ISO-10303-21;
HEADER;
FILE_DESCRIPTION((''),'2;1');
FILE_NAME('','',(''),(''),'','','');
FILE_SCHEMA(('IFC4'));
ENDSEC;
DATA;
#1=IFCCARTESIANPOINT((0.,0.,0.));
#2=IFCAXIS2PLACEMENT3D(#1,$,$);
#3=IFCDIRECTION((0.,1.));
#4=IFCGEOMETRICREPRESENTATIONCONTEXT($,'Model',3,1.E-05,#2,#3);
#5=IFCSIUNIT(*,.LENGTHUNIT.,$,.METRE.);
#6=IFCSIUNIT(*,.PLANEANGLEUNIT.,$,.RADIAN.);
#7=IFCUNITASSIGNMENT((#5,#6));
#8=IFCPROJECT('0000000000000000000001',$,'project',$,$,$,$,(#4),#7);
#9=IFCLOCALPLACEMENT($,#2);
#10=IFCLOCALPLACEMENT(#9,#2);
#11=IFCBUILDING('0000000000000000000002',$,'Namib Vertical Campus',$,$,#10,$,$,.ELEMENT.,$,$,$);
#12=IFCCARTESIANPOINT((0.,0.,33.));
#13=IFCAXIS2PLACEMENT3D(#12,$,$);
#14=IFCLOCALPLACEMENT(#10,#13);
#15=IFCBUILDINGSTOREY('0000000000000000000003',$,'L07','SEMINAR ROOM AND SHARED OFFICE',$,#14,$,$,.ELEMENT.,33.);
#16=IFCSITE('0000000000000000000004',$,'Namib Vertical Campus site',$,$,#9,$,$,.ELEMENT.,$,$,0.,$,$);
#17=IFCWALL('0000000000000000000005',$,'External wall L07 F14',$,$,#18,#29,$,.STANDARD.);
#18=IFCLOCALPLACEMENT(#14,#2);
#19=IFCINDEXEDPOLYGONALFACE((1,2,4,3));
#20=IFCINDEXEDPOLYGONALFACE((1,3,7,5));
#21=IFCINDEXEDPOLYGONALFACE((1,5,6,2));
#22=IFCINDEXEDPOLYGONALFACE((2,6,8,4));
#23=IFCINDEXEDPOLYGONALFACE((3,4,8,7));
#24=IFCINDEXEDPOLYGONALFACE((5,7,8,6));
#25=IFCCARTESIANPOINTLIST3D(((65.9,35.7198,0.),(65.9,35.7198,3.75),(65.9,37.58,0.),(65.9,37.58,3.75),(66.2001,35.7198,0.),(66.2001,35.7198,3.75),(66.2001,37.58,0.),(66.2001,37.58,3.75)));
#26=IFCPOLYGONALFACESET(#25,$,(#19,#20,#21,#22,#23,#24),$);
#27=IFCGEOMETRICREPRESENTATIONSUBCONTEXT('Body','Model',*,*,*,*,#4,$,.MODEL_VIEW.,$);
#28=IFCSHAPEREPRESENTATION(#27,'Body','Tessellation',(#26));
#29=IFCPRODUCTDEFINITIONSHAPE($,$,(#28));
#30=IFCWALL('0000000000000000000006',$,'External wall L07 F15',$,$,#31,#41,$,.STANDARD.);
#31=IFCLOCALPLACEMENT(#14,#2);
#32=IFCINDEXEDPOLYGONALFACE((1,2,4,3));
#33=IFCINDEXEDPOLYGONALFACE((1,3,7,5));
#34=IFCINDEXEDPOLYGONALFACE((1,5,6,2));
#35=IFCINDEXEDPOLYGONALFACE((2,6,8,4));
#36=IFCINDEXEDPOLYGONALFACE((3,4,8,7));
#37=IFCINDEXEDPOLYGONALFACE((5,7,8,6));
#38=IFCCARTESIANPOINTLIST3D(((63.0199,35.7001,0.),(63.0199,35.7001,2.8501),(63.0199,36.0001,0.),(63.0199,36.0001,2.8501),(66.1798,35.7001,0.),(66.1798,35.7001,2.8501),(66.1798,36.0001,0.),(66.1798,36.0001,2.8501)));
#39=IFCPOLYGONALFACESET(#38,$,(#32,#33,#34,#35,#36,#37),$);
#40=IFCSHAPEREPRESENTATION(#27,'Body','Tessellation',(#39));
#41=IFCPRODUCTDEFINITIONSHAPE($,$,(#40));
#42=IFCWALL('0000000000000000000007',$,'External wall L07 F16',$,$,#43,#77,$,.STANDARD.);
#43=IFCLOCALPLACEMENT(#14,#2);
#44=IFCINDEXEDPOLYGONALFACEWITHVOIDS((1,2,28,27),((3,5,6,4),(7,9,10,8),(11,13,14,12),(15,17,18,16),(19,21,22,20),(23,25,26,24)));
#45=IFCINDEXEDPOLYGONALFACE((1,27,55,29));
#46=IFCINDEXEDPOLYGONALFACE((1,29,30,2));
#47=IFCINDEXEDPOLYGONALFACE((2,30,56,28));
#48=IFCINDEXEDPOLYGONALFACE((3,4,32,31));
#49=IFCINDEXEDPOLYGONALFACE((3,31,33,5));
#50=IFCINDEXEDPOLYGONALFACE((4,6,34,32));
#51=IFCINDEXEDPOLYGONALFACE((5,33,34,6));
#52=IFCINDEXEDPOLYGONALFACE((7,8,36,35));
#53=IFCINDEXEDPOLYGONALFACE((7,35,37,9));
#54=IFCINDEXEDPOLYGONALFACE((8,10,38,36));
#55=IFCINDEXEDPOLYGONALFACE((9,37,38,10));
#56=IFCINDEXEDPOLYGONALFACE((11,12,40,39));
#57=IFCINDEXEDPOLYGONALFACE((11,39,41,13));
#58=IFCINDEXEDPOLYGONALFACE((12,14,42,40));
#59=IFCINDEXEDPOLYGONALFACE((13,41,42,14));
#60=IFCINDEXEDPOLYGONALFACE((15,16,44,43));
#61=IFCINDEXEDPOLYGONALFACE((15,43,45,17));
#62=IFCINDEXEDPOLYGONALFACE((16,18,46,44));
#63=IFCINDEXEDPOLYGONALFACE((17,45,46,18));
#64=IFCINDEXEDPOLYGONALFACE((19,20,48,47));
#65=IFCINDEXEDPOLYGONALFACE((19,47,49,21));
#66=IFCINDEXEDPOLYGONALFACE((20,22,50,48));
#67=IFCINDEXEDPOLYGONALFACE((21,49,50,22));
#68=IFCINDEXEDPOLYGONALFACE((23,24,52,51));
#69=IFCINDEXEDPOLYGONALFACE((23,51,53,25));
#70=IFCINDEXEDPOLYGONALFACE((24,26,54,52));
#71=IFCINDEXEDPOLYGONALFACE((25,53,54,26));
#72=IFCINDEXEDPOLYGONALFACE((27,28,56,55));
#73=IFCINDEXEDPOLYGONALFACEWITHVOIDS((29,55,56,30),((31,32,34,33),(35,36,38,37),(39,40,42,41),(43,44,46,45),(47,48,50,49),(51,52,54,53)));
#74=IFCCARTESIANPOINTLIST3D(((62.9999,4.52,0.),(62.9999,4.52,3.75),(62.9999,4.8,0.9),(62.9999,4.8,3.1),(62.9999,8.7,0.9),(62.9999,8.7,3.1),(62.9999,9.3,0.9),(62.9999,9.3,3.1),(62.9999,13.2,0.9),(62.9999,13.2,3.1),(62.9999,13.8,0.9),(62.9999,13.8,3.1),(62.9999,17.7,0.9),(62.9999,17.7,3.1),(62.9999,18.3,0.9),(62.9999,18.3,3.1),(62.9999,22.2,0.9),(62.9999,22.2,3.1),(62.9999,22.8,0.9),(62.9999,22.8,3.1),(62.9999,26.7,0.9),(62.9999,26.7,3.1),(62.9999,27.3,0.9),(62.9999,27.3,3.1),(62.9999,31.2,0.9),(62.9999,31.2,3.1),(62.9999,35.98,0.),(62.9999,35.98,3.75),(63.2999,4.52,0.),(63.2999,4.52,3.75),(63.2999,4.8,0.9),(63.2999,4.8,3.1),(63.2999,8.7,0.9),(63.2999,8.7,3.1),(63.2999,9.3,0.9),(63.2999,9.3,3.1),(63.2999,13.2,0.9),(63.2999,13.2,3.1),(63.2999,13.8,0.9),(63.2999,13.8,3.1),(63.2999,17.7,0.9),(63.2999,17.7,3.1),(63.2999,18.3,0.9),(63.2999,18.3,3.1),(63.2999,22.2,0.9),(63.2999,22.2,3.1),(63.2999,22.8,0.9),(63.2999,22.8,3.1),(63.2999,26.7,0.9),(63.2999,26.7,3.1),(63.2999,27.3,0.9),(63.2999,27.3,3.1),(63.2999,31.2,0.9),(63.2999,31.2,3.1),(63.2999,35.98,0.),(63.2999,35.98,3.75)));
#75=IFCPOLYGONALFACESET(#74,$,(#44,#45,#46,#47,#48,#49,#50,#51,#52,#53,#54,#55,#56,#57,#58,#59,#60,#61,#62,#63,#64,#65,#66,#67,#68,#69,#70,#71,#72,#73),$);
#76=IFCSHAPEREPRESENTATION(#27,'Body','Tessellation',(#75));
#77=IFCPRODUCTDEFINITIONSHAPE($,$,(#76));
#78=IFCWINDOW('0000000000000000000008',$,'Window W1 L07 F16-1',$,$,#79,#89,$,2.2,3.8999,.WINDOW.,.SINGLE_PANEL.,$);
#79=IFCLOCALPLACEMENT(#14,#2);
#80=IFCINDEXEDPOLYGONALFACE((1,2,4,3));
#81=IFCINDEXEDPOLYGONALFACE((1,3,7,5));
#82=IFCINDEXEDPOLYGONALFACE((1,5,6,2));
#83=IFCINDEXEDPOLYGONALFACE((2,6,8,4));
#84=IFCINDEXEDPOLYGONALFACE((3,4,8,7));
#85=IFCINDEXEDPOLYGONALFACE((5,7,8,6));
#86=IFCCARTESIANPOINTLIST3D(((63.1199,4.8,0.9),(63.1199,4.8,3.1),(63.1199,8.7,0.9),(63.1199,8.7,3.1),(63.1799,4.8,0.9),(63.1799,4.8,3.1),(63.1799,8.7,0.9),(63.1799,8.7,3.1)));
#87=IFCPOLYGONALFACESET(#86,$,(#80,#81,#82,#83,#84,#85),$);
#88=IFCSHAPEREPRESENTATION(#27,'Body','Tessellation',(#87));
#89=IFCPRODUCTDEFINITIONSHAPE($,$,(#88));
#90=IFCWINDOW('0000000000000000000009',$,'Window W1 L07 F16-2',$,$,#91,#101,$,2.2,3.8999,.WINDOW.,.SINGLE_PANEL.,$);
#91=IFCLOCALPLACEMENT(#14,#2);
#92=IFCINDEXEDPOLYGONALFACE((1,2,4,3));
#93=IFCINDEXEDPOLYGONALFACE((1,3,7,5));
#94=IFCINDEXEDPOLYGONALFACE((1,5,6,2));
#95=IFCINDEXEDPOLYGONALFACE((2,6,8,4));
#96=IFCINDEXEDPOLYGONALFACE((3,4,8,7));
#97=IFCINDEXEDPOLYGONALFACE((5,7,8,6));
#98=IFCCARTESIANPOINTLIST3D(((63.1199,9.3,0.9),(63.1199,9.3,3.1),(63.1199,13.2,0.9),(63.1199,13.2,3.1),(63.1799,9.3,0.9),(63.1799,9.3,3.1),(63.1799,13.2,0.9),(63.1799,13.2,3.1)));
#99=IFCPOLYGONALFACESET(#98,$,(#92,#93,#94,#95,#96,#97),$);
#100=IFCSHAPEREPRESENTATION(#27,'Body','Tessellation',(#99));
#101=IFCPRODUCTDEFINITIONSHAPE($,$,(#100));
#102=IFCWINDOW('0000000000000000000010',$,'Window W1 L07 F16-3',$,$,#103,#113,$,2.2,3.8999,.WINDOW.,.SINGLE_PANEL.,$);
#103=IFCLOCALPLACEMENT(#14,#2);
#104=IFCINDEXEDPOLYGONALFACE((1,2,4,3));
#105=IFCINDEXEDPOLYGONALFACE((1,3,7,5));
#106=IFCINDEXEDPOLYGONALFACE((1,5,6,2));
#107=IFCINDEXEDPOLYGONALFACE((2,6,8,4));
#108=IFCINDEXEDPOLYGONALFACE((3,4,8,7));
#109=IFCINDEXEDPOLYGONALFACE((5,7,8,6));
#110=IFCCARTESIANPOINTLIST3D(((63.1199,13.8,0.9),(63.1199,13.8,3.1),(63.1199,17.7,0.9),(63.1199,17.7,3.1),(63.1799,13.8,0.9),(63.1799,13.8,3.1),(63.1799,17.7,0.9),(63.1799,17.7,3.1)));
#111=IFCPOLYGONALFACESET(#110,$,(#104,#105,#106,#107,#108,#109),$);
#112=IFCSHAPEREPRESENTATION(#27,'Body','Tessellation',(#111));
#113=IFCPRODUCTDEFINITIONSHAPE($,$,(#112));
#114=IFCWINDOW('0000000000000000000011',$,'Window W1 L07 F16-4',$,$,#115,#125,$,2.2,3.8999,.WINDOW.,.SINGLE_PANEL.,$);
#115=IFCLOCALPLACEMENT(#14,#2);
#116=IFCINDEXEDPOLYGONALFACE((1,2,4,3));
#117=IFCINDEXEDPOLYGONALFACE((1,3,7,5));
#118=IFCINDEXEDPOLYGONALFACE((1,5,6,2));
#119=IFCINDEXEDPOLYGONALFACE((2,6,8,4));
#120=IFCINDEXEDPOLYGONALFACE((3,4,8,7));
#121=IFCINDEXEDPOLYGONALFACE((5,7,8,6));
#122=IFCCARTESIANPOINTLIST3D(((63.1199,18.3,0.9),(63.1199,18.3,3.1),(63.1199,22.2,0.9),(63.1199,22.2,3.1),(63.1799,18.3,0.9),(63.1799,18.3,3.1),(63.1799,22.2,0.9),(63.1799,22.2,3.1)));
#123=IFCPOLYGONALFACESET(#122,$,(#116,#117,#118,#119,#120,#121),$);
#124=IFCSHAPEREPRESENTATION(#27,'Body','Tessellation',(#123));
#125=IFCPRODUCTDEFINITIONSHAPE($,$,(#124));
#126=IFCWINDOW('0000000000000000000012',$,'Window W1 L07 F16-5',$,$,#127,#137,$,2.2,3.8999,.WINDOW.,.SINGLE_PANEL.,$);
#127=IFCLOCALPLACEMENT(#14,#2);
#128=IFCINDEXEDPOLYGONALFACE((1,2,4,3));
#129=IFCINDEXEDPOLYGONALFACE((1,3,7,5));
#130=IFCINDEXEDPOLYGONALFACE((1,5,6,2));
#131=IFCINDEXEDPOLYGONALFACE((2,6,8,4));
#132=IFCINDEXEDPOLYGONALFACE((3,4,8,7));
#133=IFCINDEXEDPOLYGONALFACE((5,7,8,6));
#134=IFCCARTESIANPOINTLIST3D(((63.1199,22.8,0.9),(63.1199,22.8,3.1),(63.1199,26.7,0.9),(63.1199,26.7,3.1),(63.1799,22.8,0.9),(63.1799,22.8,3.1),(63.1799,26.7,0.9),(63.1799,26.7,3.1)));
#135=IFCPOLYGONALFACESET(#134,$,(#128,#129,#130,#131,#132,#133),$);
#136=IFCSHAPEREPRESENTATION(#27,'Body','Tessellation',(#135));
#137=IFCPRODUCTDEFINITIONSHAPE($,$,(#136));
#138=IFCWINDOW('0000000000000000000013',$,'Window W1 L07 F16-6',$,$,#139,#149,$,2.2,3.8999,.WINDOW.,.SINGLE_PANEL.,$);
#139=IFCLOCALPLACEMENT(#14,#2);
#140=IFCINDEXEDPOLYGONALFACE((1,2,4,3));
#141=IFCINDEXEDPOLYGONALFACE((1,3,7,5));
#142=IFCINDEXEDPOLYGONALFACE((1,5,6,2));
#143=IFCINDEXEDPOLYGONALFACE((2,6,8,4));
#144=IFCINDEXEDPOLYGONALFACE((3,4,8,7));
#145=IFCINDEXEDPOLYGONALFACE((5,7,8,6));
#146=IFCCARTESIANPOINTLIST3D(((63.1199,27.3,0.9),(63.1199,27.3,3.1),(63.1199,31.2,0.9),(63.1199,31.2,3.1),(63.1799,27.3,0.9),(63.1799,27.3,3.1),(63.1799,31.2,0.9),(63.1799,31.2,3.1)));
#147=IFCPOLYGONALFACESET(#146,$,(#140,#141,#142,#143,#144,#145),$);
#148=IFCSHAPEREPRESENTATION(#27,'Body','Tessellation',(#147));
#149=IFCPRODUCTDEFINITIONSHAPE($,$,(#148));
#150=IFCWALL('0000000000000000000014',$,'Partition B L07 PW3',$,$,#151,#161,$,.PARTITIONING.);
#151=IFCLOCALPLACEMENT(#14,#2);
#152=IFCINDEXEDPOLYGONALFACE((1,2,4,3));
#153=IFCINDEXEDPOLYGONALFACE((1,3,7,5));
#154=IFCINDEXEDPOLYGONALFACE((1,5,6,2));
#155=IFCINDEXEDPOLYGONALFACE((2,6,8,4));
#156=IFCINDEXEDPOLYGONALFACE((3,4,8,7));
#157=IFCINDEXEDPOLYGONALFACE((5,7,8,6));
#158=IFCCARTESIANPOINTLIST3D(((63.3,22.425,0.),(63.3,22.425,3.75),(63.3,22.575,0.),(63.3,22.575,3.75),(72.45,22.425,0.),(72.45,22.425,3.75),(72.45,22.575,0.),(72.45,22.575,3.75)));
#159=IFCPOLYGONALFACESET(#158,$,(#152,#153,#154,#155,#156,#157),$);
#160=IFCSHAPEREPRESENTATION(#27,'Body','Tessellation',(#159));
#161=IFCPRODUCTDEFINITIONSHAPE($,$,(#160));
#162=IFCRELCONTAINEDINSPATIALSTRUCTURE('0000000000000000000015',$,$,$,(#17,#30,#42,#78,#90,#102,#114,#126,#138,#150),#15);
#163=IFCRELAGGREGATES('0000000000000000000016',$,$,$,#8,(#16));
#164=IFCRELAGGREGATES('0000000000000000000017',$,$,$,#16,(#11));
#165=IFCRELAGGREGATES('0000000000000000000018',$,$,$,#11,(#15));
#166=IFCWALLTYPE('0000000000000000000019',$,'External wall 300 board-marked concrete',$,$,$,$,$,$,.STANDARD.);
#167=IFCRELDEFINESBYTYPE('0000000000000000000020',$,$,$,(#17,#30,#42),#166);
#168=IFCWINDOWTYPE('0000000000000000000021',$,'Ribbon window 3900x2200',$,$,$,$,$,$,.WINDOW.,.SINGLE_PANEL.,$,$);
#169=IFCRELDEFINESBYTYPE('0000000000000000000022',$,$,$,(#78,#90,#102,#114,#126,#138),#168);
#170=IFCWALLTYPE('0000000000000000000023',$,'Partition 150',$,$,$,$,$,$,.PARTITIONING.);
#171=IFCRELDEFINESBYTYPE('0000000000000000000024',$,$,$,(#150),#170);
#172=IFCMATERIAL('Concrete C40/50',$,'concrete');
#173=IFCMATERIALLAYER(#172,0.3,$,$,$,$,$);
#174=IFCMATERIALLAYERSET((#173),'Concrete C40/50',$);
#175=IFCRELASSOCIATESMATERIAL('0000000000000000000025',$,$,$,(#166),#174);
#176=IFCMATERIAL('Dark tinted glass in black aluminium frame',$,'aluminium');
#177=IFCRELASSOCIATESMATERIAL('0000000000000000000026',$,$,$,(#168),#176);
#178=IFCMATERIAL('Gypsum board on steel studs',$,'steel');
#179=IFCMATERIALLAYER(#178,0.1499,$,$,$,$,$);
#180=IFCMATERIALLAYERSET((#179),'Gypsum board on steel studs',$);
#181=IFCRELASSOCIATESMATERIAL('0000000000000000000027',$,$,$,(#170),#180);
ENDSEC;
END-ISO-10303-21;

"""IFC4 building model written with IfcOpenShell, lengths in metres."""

from ifc_helpers import new_model, si_unit, direction, frame, frame_2d, origin, place, context, subcontext, project, spatial, rectangle, extrude, material, layer, layer_set, type_object, element, fill, save


model = new_model("IFC4")

# Units and contexts
model_context = context("Model", 3, precision=1e-05, world=origin(), true_north=direction((0.0, 1.0)))
body_context = subcontext(model_context, "Body", "Model", "MODEL_VIEW")
ifc_project = project(units=[si_unit("LENGTHUNIT", "METRE"), si_unit("PLANEANGLEUNIT", "RADIAN")], contexts=[model_context])

# Site, building, storey
site_placement = place(None, origin())
site = spatial("IfcSite", under=ifc_project, at=site_placement, Name="Namib Vertical Campus site", CompositionType="ELEMENT", RefElevation=0.0)
building_placement = place(site_placement, origin())
building = spatial("IfcBuilding", under=site, at=building_placement, Name="Namib Vertical Campus", CompositionType="ELEMENT")
storey_placement = place(building_placement, frame((0.0, 0.0, 33.0)))
storey = spatial("IfcBuildingStorey", under=building, at=storey_placement, Name="L07", Description="SEMINAR ROOM AND SHARED OFFICE", CompositionType="ELEMENT", Elevation=33.0)

# Walls
ifc_material_1 = material(Name="Concrete C40/50", Category="concrete")
ifc_layer_1 = layer(ifc_material_1, 0.3)
ifc_layer_set_1 = layer_set([ifc_layer_1], Name="Concrete C40/50")
wall_type_1 = type_object("IfcWallType", Name="External wall 300 board-marked concrete", PredefinedType="STANDARD", material=ifc_layer_set_1)
wall_1_placement = place(storey_placement, frame((66.05, 37.5801, 0.0), z_axis=(0.0, 0.0, 1.0), x_axis=(0.0, -1.0, 0.0)))
element("IfcWall", 1, at=wall_1_placement, inside=storey, type_object=wall_type_1, Name="External wall L07 F14", PredefinedType="STANDARD", context=body_context, shape_type="SweptSolid", body=[
    extrude(rectangle(XDim=1.8601, YDim=0.3, at=frame_2d((0.9302, 0.0))), origin(), (0.0, 0.0, 1.0), 3.75),
])
wall_2_placement = place(storey_placement, frame((66.1799, 35.8501, 0.0), z_axis=(0.0, 0.0, 1.0), x_axis=(-1.0, 0.0, 0.0)))
element("IfcWall", 2, at=wall_2_placement, inside=storey, type_object=wall_type_1, Name="External wall L07 F15", PredefinedType="STANDARD", context=body_context, shape_type="SweptSolid", body=[
    extrude(rectangle(XDim=3.1599, YDim=0.3, at=frame_2d((1.5801, 0.0))), origin(), (0.0, 0.0, 1.0), 2.8501),
])

# Wall, openings, windows
wall_3_placement = place(storey_placement, frame((63.1499, 35.98, 0.0), z_axis=(0.0, 0.0, 1.0), x_axis=(0.0, -1.0, 0.0)))
wall_3 = element("IfcWall", 3, at=wall_3_placement, inside=storey, type_object=wall_type_1, Name="External wall L07 F16", PredefinedType="STANDARD", context=body_context, shape_type="SweptSolid", body=[
    extrude(rectangle(XDim=31.46, YDim=0.3, at=frame_2d((15.73, 0.0))), origin(), (0.0, 0.0, 1.0), 3.75),
])
opening_1_placement = place(wall_3_placement, frame((27.28, 0.0, 0.8999)))
opening_1 = element("IfcOpeningElement", 4, at=opening_1_placement, cuts=wall_3, PredefinedType="OPENING", context=body_context, shape_type="SweptSolid", body=[
    extrude(rectangle(XDim=3.8999, YDim=2.2, at=frame_2d((1.95, 1.1001))), frame((0.0, 0.1599, 0.0), z_axis=(0.0, -1.0, 0.0), x_axis=(1.0, 0.0, 0.0)), (0.0, 0.0, 1.0), 0.3201),
])
opening_2_placement = place(wall_3_placement, frame((22.78, 0.0, 0.8999)))
opening_2 = element("IfcOpeningElement", 5, at=opening_2_placement, cuts=wall_3, PredefinedType="OPENING", context=body_context, shape_type="SweptSolid", body=[
    extrude(rectangle(XDim=3.8999, YDim=2.2, at=frame_2d((1.95, 1.1001))), frame((0.0, 0.1599, 0.0), z_axis=(0.0, -1.0, 0.0), x_axis=(1.0, 0.0, 0.0)), (0.0, 0.0, 1.0), 0.3201),
])
opening_3_placement = place(wall_3_placement, frame((18.28, 0.0, 0.8999)))
opening_3 = element("IfcOpeningElement", 6, at=opening_3_placement, cuts=wall_3, PredefinedType="OPENING", context=body_context, shape_type="SweptSolid", body=[
    extrude(rectangle(XDim=3.8999, YDim=2.2, at=frame_2d((1.95, 1.1001))), frame((0.0, 0.1599, 0.0), z_axis=(0.0, -1.0, 0.0), x_axis=(1.0, 0.0, 0.0)), (0.0, 0.0, 1.0), 0.3201),
])
opening_4_placement = place(wall_3_placement, frame((13.78, 0.0, 0.8999)))
opening_4 = element("IfcOpeningElement", 7, at=opening_4_placement, cuts=wall_3, PredefinedType="OPENING", context=body_context, shape_type="SweptSolid", body=[
    extrude(rectangle(XDim=3.8999, YDim=2.2, at=frame_2d((1.95, 1.1001))), frame((0.0, 0.1599, 0.0), z_axis=(0.0, -1.0, 0.0), x_axis=(1.0, 0.0, 0.0)), (0.0, 0.0, 1.0), 0.3201),
])
opening_5_placement = place(wall_3_placement, frame((9.28, 0.0, 0.8999)))
opening_5 = element("IfcOpeningElement", 8, at=opening_5_placement, cuts=wall_3, PredefinedType="OPENING", context=body_context, shape_type="SweptSolid", body=[
    extrude(rectangle(XDim=3.8999, YDim=2.2, at=frame_2d((1.95, 1.1001))), frame((0.0, 0.1599, 0.0), z_axis=(0.0, -1.0, 0.0), x_axis=(1.0, 0.0, 0.0)), (0.0, 0.0, 1.0), 0.3201),
])
opening_6_placement = place(wall_3_placement, frame((4.78, 0.0, 0.8999)))
opening_6 = element("IfcOpeningElement", 9, at=opening_6_placement, cuts=wall_3, PredefinedType="OPENING", context=body_context, shape_type="SweptSolid", body=[
    extrude(rectangle(XDim=3.8999, YDim=2.2, at=frame_2d((1.95, 1.1001))), frame((0.0, 0.1599, 0.0), z_axis=(0.0, -1.0, 0.0), x_axis=(1.0, 0.0, 0.0)), (0.0, 0.0, 1.0), 0.3201),
])
ifc_material_2 = material(Name="Dark tinted glass in black aluminium frame", Category="aluminium")
window_type = type_object("IfcWindowType", Name="Ribbon window 3900x2200", PartitioningType="SINGLE_PANEL", PredefinedType="WINDOW", material=ifc_material_2)
window_1_placement = place(opening_1_placement, origin())
window_1 = element("IfcWindow", 10, at=window_1_placement, inside=storey, type_object=window_type, Name="Window W1 L07 F16-1", OverallHeight=2.2, OverallWidth=3.8999, PartitioningType="SINGLE_PANEL", PredefinedType="WINDOW", context=body_context, shape_type="SweptSolid", body=[
    extrude(rectangle(XDim=3.8999, YDim=2.2, at=frame_2d((1.95, 1.1001))), frame((0.0, 0.03, 0.0), z_axis=(0.0, -1.0, 0.0), x_axis=(1.0, 0.0, 0.0)), (0.0, 0.0, 1.0), 0.0601),
])
fill(opening_1, window_1)
window_2_placement = place(opening_2_placement, origin())
window_2 = element("IfcWindow", 11, at=window_2_placement, inside=storey, type_object=window_type, Name="Window W1 L07 F16-2", OverallHeight=2.2, OverallWidth=3.8999, PartitioningType="SINGLE_PANEL", PredefinedType="WINDOW", context=body_context, shape_type="SweptSolid", body=[
    extrude(rectangle(XDim=3.8999, YDim=2.2, at=frame_2d((1.95, 1.1001))), frame((0.0, 0.03, 0.0), z_axis=(0.0, -1.0, 0.0), x_axis=(1.0, 0.0, 0.0)), (0.0, 0.0, 1.0), 0.0601),
])
fill(opening_2, window_2)
window_3_placement = place(opening_3_placement, origin())
window_3 = element("IfcWindow", 12, at=window_3_placement, inside=storey, type_object=window_type, Name="Window W1 L07 F16-3", OverallHeight=2.2, OverallWidth=3.8999, PartitioningType="SINGLE_PANEL", PredefinedType="WINDOW", context=body_context, shape_type="SweptSolid", body=[
    extrude(rectangle(XDim=3.8999, YDim=2.2, at=frame_2d((1.95, 1.1001))), frame((0.0, 0.03, 0.0), z_axis=(0.0, -1.0, 0.0), x_axis=(1.0, 0.0, 0.0)), (0.0, 0.0, 1.0), 0.0601),
])
fill(opening_3, window_3)
window_4_placement = place(opening_4_placement, origin())
window_4 = element("IfcWindow", 13, at=window_4_placement, inside=storey, type_object=window_type, Name="Window W1 L07 F16-4", OverallHeight=2.2, OverallWidth=3.8999, PartitioningType="SINGLE_PANEL", PredefinedType="WINDOW", context=body_context, shape_type="SweptSolid", body=[
    extrude(rectangle(XDim=3.8999, YDim=2.2, at=frame_2d((1.95, 1.1001))), frame((0.0, 0.03, 0.0), z_axis=(0.0, -1.0, 0.0), x_axis=(1.0, 0.0, 0.0)), (0.0, 0.0, 1.0), 0.0601),
])
fill(opening_4, window_4)
window_5_placement = place(opening_5_placement, origin())
window_5 = element("IfcWindow", 14, at=window_5_placement, inside=storey, type_object=window_type, Name="Window W1 L07 F16-5", OverallHeight=2.2, OverallWidth=3.8999, PartitioningType="SINGLE_PANEL", PredefinedType="WINDOW", context=body_context, shape_type="SweptSolid", body=[
    extrude(rectangle(XDim=3.8999, YDim=2.2, at=frame_2d((1.95, 1.1001))), frame((0.0, 0.03, 0.0), z_axis=(0.0, -1.0, 0.0), x_axis=(1.0, 0.0, 0.0)), (0.0, 0.0, 1.0), 0.0601),
])
fill(opening_5, window_5)
window_6_placement = place(opening_6_placement, origin())
window_6 = element("IfcWindow", 15, at=window_6_placement, inside=storey, type_object=window_type, Name="Window W1 L07 F16-6", OverallHeight=2.2, OverallWidth=3.8999, PartitioningType="SINGLE_PANEL", PredefinedType="WINDOW", context=body_context, shape_type="SweptSolid", body=[
    extrude(rectangle(XDim=3.8999, YDim=2.2, at=frame_2d((1.95, 1.1001))), frame((0.0, 0.03, 0.0), z_axis=(0.0, -1.0, 0.0), x_axis=(1.0, 0.0, 0.0)), (0.0, 0.0, 1.0), 0.0601),
])
fill(opening_6, window_6)

# Wall
ifc_material_3 = material(Name="Gypsum board on steel studs", Category="steel")
ifc_layer_2 = layer(ifc_material_3, 0.1499)
ifc_layer_set_2 = layer_set([ifc_layer_2], Name="Gypsum board on steel studs")
wall_type_2 = type_object("IfcWallType", Name="Partition 150", PredefinedType="PARTITIONING", material=ifc_layer_set_2)
for number, where, z_axis, x_axis, name in (
    (16, (63.3, 22.5, 0.0), (0.0, 0.0, 1.0), (1.0, 0.0, 0.0), "Partition B L07 PW3"),
):
    element("IfcWall", number, at=place(storey_placement, frame(where, z_axis=z_axis, x_axis=x_axis)), inside=storey, type_object=wall_type_2, Name=name, PredefinedType="PARTITIONING", context=body_context, shape_type="SweptSolid", body=[
        extrude(rectangle(XDim=9.1499, YDim=0.1499, at=frame_2d((4.575, 0.0))), origin(), (0.0, 0.0, 1.0), 3.75),
    ])

save(model, "model.ifc")
